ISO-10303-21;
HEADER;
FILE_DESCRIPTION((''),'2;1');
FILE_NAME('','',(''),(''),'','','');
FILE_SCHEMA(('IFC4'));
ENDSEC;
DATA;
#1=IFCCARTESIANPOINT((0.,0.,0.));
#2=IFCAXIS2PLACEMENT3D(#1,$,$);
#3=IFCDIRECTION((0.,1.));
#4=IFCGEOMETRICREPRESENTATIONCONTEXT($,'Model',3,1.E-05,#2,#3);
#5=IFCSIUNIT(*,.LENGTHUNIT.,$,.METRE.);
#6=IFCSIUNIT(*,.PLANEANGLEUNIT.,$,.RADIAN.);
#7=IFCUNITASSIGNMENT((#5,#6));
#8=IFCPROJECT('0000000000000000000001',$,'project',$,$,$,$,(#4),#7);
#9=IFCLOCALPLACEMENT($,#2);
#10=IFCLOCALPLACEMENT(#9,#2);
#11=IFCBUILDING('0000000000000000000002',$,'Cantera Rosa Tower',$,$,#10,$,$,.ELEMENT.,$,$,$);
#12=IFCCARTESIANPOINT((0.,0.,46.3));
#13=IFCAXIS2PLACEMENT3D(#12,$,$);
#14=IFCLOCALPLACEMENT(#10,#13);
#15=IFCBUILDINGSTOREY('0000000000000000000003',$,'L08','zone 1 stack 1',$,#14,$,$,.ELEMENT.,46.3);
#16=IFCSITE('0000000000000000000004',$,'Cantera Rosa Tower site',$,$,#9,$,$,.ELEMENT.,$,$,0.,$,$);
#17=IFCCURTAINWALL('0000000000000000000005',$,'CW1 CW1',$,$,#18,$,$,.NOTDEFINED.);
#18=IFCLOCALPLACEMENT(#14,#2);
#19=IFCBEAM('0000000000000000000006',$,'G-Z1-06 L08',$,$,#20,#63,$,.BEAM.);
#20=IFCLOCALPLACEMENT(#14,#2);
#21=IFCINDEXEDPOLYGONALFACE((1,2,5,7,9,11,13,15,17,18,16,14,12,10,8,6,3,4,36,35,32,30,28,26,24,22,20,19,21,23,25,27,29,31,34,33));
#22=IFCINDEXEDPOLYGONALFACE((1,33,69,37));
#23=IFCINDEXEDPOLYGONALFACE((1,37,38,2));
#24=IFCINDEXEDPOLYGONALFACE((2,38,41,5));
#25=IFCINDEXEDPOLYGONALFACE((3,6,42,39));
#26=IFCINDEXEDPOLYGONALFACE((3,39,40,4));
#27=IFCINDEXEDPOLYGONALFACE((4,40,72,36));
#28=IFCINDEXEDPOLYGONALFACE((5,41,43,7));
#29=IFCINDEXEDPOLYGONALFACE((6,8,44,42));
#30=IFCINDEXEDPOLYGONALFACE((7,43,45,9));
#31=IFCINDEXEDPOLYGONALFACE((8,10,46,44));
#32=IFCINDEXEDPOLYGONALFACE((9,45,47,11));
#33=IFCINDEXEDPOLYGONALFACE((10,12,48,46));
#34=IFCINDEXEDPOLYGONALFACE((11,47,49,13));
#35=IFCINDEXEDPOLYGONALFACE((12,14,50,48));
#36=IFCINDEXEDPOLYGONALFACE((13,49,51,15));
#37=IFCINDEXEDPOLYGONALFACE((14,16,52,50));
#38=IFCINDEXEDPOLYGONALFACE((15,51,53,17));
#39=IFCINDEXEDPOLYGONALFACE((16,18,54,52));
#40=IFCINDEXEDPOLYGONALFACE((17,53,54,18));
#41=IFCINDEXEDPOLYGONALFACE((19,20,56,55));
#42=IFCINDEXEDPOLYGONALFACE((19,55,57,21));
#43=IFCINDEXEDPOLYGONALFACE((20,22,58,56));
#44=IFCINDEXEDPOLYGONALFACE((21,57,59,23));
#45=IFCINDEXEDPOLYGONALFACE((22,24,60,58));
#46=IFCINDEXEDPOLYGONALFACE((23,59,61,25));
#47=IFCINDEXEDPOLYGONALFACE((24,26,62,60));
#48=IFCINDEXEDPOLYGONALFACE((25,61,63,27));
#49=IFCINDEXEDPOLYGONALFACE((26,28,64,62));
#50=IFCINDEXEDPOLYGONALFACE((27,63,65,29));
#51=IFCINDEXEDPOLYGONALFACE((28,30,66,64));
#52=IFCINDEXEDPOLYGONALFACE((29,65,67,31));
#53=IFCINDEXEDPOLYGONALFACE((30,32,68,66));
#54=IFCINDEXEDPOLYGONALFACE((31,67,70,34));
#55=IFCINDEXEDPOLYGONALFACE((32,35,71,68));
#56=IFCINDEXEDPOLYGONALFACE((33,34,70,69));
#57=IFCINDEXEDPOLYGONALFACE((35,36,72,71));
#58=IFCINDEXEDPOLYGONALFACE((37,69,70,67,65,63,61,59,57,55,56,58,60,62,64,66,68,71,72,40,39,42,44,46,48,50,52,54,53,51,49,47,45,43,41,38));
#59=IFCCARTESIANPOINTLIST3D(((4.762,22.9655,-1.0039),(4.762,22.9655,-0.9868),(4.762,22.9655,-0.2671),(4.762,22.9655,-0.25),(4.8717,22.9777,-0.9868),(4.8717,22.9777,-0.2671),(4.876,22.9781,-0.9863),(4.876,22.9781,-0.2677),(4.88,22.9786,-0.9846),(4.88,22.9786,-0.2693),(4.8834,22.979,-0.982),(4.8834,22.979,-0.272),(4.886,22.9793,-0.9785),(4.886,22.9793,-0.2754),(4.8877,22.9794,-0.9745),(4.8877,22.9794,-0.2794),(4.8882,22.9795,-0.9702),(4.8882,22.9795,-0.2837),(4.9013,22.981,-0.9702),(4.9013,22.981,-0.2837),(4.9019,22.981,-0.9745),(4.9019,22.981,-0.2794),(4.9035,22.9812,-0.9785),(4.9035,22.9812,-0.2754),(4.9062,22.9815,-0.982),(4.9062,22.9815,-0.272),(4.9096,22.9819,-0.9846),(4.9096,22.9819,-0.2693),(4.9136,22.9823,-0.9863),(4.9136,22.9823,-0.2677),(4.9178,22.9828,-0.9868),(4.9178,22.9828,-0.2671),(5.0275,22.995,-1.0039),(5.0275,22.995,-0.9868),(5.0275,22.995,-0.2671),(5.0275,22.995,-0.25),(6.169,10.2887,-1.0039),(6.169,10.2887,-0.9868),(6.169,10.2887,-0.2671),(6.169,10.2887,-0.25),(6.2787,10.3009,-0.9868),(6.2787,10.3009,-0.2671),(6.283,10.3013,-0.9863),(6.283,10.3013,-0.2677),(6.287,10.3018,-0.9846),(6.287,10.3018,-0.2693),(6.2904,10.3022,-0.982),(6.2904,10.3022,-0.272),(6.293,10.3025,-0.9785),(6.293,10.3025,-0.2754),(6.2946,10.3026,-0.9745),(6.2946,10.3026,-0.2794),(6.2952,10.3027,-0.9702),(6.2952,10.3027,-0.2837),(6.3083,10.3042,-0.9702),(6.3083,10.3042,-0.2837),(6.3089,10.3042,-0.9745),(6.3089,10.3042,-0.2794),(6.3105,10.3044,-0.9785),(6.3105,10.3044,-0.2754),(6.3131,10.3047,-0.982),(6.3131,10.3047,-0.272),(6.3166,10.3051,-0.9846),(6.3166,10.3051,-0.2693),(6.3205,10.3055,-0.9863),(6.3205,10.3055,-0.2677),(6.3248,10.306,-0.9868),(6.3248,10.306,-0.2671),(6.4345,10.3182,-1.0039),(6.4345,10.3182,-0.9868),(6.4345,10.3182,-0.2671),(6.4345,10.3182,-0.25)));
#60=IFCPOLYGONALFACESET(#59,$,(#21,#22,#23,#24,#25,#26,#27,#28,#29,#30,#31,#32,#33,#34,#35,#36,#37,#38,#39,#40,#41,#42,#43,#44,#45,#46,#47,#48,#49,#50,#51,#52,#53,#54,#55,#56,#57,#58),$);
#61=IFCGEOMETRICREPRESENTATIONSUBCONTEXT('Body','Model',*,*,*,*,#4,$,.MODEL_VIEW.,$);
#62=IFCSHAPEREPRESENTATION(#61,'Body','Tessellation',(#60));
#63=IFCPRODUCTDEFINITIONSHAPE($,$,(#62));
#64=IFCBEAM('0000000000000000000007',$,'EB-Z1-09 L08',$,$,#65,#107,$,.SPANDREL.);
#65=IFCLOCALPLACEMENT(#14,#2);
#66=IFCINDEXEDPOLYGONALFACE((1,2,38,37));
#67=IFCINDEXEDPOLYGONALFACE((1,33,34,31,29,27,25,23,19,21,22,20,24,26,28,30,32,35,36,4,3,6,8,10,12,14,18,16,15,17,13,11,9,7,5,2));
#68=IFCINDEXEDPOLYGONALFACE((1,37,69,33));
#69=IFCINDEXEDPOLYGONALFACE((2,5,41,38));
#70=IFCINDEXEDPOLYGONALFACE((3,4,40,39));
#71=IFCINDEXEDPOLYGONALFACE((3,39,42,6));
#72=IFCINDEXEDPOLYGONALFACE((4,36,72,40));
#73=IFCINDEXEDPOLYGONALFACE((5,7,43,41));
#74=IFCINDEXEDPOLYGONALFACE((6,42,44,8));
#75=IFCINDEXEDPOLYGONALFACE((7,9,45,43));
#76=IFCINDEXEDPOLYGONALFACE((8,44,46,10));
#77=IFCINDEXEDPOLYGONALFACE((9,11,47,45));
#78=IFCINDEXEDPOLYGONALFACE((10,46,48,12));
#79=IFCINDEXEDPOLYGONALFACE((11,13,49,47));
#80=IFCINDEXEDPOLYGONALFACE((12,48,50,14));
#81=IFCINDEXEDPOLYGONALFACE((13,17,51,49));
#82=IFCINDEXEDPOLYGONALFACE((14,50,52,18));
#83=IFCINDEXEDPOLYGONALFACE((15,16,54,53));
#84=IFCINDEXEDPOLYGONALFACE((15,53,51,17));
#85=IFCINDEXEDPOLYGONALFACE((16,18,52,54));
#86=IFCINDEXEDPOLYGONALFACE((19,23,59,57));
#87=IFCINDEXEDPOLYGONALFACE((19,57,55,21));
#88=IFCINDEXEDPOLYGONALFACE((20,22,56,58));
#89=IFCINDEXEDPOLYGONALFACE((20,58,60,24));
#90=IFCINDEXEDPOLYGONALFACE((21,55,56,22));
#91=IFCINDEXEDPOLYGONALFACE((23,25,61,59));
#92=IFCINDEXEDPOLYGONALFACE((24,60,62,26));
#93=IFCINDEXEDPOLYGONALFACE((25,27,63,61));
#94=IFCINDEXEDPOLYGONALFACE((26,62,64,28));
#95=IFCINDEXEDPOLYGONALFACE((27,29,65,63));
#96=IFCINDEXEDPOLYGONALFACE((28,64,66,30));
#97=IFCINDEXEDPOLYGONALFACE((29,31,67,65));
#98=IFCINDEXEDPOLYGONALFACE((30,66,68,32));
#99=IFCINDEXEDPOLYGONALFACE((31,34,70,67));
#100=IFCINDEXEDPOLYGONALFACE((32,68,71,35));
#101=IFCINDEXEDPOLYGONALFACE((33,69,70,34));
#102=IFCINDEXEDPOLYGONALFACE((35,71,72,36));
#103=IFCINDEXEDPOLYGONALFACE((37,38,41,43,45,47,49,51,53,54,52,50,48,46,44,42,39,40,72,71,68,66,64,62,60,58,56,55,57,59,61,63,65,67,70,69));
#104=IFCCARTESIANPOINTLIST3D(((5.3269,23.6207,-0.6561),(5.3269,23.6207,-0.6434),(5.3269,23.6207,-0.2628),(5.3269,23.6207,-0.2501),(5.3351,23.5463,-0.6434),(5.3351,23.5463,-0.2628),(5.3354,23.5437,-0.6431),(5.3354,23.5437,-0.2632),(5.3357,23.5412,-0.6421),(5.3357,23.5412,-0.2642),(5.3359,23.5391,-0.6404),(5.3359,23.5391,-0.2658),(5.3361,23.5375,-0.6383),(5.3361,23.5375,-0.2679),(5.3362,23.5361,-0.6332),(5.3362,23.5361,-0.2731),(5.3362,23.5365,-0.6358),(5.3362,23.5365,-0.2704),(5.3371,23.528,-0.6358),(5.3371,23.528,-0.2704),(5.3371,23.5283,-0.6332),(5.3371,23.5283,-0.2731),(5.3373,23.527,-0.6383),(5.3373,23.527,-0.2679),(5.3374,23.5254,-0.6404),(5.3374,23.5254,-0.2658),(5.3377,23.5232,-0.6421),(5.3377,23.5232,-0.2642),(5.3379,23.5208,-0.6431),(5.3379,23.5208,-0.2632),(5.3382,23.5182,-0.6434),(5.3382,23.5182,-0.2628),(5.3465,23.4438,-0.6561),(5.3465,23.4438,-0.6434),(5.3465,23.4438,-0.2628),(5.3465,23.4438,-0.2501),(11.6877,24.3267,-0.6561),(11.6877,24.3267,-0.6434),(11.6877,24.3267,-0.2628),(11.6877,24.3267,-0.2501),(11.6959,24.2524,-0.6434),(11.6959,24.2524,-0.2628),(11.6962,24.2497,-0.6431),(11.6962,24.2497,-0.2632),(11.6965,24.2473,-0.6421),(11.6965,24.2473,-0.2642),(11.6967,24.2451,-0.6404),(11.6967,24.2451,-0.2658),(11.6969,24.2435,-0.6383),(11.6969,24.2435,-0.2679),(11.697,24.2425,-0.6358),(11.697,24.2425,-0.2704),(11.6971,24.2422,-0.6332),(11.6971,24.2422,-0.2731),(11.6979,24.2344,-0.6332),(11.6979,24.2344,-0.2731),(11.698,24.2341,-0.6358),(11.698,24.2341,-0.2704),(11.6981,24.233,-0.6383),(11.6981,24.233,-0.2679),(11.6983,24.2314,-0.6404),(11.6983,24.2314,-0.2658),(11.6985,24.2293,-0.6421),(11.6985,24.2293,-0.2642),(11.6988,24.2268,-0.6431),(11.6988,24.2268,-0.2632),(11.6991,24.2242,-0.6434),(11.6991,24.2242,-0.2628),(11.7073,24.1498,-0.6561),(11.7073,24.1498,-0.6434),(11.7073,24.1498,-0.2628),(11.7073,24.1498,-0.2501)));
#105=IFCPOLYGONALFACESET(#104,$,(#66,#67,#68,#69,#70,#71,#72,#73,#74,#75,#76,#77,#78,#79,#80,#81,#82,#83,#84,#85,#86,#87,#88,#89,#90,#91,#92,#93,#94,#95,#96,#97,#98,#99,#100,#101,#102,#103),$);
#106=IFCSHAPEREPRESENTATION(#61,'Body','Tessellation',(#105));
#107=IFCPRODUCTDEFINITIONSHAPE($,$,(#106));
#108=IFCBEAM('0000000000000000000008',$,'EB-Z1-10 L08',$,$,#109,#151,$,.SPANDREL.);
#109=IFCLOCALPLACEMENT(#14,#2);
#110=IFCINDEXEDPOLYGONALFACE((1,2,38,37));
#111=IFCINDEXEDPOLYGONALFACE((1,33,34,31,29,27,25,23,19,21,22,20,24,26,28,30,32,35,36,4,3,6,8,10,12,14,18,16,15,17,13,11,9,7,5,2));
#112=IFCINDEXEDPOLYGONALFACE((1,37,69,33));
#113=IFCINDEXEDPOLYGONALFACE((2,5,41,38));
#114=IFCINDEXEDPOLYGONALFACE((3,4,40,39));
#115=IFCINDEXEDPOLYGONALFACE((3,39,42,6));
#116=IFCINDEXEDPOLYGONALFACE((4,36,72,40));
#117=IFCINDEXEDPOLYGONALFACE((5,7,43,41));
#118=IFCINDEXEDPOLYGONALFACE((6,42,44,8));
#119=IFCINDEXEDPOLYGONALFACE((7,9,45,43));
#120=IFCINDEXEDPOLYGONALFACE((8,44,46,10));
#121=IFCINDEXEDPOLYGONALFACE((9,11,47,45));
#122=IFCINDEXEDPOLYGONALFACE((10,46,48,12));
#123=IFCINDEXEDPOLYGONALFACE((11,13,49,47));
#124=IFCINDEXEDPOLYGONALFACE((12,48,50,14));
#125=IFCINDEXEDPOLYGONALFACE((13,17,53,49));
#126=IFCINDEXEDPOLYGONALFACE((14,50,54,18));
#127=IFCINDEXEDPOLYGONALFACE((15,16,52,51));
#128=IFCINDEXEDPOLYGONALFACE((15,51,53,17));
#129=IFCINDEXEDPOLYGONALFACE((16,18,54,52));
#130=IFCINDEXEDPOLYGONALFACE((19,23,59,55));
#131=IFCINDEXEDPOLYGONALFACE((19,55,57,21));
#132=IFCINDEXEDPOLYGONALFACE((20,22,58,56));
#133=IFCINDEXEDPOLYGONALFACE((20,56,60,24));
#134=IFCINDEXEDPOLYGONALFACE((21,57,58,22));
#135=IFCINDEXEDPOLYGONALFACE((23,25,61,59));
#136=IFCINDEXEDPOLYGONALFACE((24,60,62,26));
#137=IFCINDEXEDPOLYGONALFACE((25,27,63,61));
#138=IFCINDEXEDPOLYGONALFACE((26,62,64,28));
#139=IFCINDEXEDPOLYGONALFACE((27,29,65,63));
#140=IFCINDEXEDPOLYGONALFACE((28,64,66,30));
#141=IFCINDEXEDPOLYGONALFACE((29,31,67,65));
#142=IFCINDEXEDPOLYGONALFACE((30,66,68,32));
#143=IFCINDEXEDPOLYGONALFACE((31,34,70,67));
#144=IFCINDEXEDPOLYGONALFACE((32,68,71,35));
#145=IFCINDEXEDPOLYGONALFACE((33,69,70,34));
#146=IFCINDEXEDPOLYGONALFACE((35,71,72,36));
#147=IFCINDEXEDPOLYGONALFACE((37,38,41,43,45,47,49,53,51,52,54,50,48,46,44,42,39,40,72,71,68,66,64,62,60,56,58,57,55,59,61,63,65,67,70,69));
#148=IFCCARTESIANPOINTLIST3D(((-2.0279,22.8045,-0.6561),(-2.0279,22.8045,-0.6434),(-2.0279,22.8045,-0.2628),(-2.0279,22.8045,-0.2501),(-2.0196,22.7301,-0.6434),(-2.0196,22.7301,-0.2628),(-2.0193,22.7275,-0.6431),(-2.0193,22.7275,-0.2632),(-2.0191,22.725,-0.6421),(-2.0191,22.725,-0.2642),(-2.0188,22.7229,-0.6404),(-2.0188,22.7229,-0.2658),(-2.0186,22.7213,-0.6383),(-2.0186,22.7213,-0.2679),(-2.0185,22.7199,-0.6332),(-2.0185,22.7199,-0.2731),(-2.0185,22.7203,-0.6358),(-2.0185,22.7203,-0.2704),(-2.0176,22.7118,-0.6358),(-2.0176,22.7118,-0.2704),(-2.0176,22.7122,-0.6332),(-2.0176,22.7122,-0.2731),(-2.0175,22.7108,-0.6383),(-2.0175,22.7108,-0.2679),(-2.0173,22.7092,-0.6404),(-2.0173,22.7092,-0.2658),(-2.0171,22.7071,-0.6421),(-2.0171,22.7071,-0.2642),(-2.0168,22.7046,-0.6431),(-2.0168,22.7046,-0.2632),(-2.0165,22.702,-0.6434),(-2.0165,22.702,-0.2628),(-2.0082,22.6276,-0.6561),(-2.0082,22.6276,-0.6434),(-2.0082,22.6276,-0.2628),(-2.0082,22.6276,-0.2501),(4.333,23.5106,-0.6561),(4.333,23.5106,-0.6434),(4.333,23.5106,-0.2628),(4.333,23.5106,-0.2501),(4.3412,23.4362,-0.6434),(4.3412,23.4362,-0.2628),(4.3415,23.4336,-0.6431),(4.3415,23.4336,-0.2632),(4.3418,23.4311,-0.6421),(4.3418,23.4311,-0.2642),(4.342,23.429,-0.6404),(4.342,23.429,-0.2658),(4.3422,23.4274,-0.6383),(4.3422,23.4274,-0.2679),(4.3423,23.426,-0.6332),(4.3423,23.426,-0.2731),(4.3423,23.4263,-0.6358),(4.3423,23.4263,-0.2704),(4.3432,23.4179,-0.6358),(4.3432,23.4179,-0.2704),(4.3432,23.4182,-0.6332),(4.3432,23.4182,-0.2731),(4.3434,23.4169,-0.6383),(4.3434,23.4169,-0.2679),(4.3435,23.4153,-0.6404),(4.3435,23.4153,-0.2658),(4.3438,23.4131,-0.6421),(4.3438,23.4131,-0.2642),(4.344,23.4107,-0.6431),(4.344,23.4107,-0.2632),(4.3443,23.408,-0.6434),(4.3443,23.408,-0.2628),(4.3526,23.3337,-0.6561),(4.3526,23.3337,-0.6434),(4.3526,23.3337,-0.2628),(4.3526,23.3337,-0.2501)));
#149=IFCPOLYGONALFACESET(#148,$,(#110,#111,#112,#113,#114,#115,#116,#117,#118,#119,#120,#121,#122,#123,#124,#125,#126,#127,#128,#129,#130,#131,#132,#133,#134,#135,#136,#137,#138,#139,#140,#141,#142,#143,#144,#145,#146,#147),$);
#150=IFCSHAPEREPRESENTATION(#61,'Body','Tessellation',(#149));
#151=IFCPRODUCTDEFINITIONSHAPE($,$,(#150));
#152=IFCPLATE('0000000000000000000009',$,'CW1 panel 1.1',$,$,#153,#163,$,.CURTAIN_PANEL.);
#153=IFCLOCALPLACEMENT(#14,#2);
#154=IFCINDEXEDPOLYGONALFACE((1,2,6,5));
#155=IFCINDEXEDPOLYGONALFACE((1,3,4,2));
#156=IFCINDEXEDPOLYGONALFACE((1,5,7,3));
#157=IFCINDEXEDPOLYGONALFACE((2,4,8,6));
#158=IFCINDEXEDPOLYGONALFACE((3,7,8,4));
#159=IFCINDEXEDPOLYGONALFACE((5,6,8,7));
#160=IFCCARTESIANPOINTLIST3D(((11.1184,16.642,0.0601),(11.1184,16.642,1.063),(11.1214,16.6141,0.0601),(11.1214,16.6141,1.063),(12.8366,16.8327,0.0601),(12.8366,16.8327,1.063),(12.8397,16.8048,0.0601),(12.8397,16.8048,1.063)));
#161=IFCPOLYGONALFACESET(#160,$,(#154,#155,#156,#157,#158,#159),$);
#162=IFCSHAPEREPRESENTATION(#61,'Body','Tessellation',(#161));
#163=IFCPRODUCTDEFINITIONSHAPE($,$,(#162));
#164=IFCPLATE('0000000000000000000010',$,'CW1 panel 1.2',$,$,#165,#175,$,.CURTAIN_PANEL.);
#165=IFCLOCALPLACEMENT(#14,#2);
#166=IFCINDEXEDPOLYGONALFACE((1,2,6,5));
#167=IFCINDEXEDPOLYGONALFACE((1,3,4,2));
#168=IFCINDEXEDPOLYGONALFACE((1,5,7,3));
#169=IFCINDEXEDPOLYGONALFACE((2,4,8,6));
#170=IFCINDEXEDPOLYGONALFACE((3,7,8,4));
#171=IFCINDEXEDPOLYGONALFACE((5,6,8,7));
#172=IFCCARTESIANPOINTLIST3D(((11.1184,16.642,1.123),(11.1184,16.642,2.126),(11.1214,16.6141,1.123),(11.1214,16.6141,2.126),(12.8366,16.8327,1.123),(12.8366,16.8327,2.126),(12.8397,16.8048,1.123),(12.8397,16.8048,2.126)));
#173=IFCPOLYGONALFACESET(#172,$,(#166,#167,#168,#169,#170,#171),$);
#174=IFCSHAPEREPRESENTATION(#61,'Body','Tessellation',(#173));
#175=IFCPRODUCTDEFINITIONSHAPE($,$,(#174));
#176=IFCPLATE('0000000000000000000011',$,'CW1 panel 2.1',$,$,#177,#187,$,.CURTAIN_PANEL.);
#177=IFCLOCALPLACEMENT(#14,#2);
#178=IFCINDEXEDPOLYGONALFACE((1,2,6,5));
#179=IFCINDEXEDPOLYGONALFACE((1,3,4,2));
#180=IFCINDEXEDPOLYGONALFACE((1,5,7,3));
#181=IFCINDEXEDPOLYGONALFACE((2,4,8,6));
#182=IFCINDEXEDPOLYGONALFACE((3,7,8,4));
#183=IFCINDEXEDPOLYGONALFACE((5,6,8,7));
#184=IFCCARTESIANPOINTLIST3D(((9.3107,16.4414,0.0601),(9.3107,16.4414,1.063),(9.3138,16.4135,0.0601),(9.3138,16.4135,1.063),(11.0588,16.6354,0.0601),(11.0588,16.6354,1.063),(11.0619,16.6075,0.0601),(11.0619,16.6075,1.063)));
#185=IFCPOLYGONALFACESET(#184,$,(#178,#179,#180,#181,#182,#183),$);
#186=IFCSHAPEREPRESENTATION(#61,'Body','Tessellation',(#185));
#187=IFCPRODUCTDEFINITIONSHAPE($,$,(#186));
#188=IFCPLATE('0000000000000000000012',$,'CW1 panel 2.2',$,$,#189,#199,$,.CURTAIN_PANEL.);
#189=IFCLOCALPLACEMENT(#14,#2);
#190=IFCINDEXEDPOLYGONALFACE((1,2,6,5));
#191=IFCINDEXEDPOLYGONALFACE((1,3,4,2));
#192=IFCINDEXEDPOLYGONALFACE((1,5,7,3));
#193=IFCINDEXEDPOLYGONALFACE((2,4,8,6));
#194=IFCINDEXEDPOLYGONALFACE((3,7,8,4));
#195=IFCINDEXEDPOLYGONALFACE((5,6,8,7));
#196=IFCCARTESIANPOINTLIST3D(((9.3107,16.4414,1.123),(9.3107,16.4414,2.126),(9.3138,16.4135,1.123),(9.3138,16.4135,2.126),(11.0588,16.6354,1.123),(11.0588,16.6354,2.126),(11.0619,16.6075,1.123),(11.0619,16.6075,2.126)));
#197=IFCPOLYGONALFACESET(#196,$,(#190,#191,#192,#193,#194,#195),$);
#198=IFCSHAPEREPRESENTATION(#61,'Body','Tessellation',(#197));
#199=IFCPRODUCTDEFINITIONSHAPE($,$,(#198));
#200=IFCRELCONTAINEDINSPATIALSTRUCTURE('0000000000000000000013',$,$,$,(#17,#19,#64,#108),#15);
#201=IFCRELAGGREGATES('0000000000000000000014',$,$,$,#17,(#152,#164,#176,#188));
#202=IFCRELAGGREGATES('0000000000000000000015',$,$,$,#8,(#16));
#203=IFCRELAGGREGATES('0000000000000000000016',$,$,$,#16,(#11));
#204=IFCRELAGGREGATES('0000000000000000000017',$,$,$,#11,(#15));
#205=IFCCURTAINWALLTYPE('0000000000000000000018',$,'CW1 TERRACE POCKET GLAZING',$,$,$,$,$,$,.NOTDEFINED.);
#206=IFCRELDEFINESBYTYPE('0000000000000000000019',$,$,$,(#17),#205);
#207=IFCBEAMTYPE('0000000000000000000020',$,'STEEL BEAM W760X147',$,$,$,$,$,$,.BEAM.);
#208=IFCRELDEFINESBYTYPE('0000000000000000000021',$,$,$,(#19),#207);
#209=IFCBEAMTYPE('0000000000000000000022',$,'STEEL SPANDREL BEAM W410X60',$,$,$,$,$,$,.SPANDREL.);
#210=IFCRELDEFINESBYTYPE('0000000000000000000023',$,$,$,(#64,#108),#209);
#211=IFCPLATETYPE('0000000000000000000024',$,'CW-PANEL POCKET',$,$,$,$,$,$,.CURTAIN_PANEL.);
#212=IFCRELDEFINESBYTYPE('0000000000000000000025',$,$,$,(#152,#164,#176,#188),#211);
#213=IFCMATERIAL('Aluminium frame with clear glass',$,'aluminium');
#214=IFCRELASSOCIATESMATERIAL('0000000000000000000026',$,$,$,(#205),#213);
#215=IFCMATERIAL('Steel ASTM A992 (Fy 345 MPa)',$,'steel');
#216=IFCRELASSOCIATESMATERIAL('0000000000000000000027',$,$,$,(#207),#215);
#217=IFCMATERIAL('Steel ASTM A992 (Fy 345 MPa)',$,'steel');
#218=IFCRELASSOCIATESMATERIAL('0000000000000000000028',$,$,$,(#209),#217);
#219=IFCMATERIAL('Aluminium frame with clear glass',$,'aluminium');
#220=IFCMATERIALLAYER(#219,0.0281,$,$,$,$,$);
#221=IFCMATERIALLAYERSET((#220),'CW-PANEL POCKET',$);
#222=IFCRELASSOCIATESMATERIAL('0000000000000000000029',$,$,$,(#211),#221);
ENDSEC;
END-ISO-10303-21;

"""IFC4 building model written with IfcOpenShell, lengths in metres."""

from ifc_helpers import new_model, si_unit, direction, frame, origin, origin_2d, place, context, subcontext, project, spatial, rectangle, i_section, extrude, material, layer, layer_set, material_profile, profile_set, type_object, element, aggregate, save


model = new_model("IFC4")

# Units and contexts
model_context = context("Model", 3, precision=1e-05, world=origin(), true_north=direction((0.0, 1.0)))
body_context = subcontext(model_context, "Body", "Model", "MODEL_VIEW")
ifc_project = project(units=[si_unit("LENGTHUNIT", "METRE"), si_unit("PLANEANGLEUNIT", "RADIAN")], contexts=[model_context])

# Site, building, storey
site_placement = place(None, origin())
site = spatial("IfcSite", under=ifc_project, at=site_placement, Name="Cantera Rosa Tower site", CompositionType="ELEMENT", RefElevation=0.0)
building_placement = place(site_placement, origin())
building = spatial("IfcBuilding", under=site, at=building_placement, Name="Cantera Rosa Tower", CompositionType="ELEMENT")
storey_placement = place(building_placement, frame((0.0, 0.0, 46.3)))
storey = spatial("IfcBuildingStorey", under=building, at=storey_placement, Name="L08", Description="zone 1 stack 1", CompositionType="ELEMENT", Elevation=46.3)

# Curtain wall
ifc_material_1 = material(Name="Aluminium frame with clear glass", Category="aluminium")
curtain_wall_type = type_object("IfcCurtainWallType", Name="CW1 TERRACE POCKET GLAZING", PredefinedType="NOTDEFINED", material=ifc_material_1)
curtain_wall_placement = place(storey_placement, origin())
curtain_wall = element("IfcCurtainWall", 1, at=curtain_wall_placement, inside=storey, type_object=curtain_wall_type, Name="CW1 CW1", PredefinedType="NOTDEFINED")

# Beams
ifc_material_2 = material(Name="Steel ASTM A992 (Fy 345 MPa)", Category="steel")
ifc_material_profile_1 = material_profile(ifc_material_2, i_section(OverallWidth=0.2671, OverallDepth=0.7539, WebThickness=0.0132, FlangeThickness=0.0171, FilletRadius=0.0166, at=origin_2d()), Name="W760X147")
ifc_profile_set_1 = profile_set([ifc_material_profile_1], Name="Steel ASTM A992 (Fy 345 MPa)")
beam_type_1 = type_object("IfcBeamType", Name="STEEL BEAM W760X147", PredefinedType="BEAM", material=ifc_profile_set_1)
beam_placement = place(storey_placement, frame((4.8948, 22.9802, -0.627), z_axis=(0.110312, -0.993897, 0.0), x_axis=(0.993897, 0.110312, 0.0)))
element("IfcBeam", 2, at=beam_placement, inside=storey, type_object=beam_type_1, Name="G-Z1-06 L08", PredefinedType="BEAM", context=body_context, shape_type="SweptSolid", body=[
    extrude(i_section(OverallWidth=0.2671, OverallDepth=0.7539, WebThickness=0.0132, FlangeThickness=0.0171, FilletRadius=0.0166, at=origin_2d()), origin(), (0.0, 0.0, 1.0), 12.7546),
])
ifc_material_3 = material(Name="Steel ASTM A992 (Fy 345 MPa)", Category="steel")
ifc_material_profile_2 = material_profile(ifc_material_3, i_section(OverallWidth=0.178, OverallDepth=0.406, WebThickness=0.0078, FlangeThickness=0.0127, FilletRadius=0.0103, at=origin_2d()), Name="W410X60")
ifc_profile_set_2 = profile_set([ifc_material_profile_2], Name="Steel ASTM A992 (Fy 345 MPa)")
beam_type_2 = type_object("IfcBeamType", Name="STEEL SPANDREL BEAM W410X60", PredefinedType="SPANDREL", material=ifc_profile_set_2)
for number, where, z_axis, x_axis, name in (
    (3, (11.6975, 24.2383, -0.4531), (-0.993896, -0.110323, 0.0), (0.110323, -0.993896, 0.0), "EB-Z1-09 L08"),
    (4, (4.3428, 23.4221, -0.4531), (-0.993896, -0.110323, 0.0), (0.110323, -0.993896, 0.0), "EB-Z1-10 L08"),
):
    element("IfcBeam", number, at=place(storey_placement, frame(where, z_axis=z_axis, x_axis=x_axis)), inside=storey, type_object=beam_type_2, Name=name, PredefinedType="SPANDREL", context=body_context, shape_type="SweptSolid", body=[
        extrude(i_section(OverallWidth=0.178, OverallDepth=0.406, WebThickness=0.0078, FlangeThickness=0.0127, FilletRadius=0.0103, at=origin_2d()), origin(), (0.0, 0.0, 1.0), 6.3999),
    ])

# Plates
ifc_material_4 = material(Name="Aluminium frame with clear glass", Category="aluminium")
ifc_layer_1 = layer(ifc_material_4, 0.0281)
ifc_layer_set_1 = layer_set([ifc_layer_1], Name="CW-PANEL POCKET")
plate_type = type_object("IfcPlateType", Name="CW-PANEL POCKET", PredefinedType="CURTAIN_PANEL", material=ifc_layer_set_1)
plate_1_placement = place(storey_placement, frame((11.979, 16.7234, 0.0601), z_axis=(0.0, 0.0, 1.0), x_axis=(-0.993897, -0.110313, 0.0)))
plate_1 = element("IfcPlate", 5, at=plate_1_placement, type_object=plate_type, Name="CW1 panel 1.1", PredefinedType="CURTAIN_PANEL", context=body_context, shape_type="SweptSolid", body=[
    extrude(rectangle(XDim=1.7288, YDim=0.0281, at=origin_2d()), origin(), (0.0, 0.0, 1.0), 1.0029),
])
plate_2_placement = place(storey_placement, frame((11.979, 16.7234, 1.123), z_axis=(0.0, 0.0, 1.0), x_axis=(-0.993897, -0.110313, 0.0)))
plate_2 = element("IfcPlate", 6, at=plate_2_placement, type_object=plate_type, Name="CW1 panel 1.2", PredefinedType="CURTAIN_PANEL", context=body_context, shape_type="SweptSolid", body=[
    extrude(rectangle(XDim=1.7288, YDim=0.0281, at=origin_2d()), origin(), (0.0, 0.0, 1.0), 1.0029),
])
plate_3_placement = place(storey_placement, frame((10.1863, 16.5244, 0.0601), z_axis=(0.0, 0.0, 1.0), x_axis=(-0.993897, -0.110313, 0.0)))
plate_3 = element("IfcPlate", 7, at=plate_3_placement, type_object=plate_type, Name="CW1 panel 2.1", PredefinedType="CURTAIN_PANEL", context=body_context, shape_type="SweptSolid", body=[
    extrude(rectangle(XDim=1.7588, YDim=0.0281, at=origin_2d()), origin(), (0.0, 0.0, 1.0), 1.0029),
])
plate_4_placement = place(storey_placement, frame((10.1863, 16.5244, 1.123), z_axis=(0.0, 0.0, 1.0), x_axis=(-0.993897, -0.110313, 0.0)))
plate_4 = element("IfcPlate", 8, at=plate_4_placement, type_object=plate_type, Name="CW1 panel 2.2", PredefinedType="CURTAIN_PANEL", context=body_context, shape_type="SweptSolid", body=[
    extrude(rectangle(XDim=1.7588, YDim=0.0281, at=origin_2d()), origin(), (0.0, 0.0, 1.0), 1.0029),
])
aggregate(curtain_wall, [plate_1, plate_2, plate_3, plate_4])

save(model, "model.ifc")
